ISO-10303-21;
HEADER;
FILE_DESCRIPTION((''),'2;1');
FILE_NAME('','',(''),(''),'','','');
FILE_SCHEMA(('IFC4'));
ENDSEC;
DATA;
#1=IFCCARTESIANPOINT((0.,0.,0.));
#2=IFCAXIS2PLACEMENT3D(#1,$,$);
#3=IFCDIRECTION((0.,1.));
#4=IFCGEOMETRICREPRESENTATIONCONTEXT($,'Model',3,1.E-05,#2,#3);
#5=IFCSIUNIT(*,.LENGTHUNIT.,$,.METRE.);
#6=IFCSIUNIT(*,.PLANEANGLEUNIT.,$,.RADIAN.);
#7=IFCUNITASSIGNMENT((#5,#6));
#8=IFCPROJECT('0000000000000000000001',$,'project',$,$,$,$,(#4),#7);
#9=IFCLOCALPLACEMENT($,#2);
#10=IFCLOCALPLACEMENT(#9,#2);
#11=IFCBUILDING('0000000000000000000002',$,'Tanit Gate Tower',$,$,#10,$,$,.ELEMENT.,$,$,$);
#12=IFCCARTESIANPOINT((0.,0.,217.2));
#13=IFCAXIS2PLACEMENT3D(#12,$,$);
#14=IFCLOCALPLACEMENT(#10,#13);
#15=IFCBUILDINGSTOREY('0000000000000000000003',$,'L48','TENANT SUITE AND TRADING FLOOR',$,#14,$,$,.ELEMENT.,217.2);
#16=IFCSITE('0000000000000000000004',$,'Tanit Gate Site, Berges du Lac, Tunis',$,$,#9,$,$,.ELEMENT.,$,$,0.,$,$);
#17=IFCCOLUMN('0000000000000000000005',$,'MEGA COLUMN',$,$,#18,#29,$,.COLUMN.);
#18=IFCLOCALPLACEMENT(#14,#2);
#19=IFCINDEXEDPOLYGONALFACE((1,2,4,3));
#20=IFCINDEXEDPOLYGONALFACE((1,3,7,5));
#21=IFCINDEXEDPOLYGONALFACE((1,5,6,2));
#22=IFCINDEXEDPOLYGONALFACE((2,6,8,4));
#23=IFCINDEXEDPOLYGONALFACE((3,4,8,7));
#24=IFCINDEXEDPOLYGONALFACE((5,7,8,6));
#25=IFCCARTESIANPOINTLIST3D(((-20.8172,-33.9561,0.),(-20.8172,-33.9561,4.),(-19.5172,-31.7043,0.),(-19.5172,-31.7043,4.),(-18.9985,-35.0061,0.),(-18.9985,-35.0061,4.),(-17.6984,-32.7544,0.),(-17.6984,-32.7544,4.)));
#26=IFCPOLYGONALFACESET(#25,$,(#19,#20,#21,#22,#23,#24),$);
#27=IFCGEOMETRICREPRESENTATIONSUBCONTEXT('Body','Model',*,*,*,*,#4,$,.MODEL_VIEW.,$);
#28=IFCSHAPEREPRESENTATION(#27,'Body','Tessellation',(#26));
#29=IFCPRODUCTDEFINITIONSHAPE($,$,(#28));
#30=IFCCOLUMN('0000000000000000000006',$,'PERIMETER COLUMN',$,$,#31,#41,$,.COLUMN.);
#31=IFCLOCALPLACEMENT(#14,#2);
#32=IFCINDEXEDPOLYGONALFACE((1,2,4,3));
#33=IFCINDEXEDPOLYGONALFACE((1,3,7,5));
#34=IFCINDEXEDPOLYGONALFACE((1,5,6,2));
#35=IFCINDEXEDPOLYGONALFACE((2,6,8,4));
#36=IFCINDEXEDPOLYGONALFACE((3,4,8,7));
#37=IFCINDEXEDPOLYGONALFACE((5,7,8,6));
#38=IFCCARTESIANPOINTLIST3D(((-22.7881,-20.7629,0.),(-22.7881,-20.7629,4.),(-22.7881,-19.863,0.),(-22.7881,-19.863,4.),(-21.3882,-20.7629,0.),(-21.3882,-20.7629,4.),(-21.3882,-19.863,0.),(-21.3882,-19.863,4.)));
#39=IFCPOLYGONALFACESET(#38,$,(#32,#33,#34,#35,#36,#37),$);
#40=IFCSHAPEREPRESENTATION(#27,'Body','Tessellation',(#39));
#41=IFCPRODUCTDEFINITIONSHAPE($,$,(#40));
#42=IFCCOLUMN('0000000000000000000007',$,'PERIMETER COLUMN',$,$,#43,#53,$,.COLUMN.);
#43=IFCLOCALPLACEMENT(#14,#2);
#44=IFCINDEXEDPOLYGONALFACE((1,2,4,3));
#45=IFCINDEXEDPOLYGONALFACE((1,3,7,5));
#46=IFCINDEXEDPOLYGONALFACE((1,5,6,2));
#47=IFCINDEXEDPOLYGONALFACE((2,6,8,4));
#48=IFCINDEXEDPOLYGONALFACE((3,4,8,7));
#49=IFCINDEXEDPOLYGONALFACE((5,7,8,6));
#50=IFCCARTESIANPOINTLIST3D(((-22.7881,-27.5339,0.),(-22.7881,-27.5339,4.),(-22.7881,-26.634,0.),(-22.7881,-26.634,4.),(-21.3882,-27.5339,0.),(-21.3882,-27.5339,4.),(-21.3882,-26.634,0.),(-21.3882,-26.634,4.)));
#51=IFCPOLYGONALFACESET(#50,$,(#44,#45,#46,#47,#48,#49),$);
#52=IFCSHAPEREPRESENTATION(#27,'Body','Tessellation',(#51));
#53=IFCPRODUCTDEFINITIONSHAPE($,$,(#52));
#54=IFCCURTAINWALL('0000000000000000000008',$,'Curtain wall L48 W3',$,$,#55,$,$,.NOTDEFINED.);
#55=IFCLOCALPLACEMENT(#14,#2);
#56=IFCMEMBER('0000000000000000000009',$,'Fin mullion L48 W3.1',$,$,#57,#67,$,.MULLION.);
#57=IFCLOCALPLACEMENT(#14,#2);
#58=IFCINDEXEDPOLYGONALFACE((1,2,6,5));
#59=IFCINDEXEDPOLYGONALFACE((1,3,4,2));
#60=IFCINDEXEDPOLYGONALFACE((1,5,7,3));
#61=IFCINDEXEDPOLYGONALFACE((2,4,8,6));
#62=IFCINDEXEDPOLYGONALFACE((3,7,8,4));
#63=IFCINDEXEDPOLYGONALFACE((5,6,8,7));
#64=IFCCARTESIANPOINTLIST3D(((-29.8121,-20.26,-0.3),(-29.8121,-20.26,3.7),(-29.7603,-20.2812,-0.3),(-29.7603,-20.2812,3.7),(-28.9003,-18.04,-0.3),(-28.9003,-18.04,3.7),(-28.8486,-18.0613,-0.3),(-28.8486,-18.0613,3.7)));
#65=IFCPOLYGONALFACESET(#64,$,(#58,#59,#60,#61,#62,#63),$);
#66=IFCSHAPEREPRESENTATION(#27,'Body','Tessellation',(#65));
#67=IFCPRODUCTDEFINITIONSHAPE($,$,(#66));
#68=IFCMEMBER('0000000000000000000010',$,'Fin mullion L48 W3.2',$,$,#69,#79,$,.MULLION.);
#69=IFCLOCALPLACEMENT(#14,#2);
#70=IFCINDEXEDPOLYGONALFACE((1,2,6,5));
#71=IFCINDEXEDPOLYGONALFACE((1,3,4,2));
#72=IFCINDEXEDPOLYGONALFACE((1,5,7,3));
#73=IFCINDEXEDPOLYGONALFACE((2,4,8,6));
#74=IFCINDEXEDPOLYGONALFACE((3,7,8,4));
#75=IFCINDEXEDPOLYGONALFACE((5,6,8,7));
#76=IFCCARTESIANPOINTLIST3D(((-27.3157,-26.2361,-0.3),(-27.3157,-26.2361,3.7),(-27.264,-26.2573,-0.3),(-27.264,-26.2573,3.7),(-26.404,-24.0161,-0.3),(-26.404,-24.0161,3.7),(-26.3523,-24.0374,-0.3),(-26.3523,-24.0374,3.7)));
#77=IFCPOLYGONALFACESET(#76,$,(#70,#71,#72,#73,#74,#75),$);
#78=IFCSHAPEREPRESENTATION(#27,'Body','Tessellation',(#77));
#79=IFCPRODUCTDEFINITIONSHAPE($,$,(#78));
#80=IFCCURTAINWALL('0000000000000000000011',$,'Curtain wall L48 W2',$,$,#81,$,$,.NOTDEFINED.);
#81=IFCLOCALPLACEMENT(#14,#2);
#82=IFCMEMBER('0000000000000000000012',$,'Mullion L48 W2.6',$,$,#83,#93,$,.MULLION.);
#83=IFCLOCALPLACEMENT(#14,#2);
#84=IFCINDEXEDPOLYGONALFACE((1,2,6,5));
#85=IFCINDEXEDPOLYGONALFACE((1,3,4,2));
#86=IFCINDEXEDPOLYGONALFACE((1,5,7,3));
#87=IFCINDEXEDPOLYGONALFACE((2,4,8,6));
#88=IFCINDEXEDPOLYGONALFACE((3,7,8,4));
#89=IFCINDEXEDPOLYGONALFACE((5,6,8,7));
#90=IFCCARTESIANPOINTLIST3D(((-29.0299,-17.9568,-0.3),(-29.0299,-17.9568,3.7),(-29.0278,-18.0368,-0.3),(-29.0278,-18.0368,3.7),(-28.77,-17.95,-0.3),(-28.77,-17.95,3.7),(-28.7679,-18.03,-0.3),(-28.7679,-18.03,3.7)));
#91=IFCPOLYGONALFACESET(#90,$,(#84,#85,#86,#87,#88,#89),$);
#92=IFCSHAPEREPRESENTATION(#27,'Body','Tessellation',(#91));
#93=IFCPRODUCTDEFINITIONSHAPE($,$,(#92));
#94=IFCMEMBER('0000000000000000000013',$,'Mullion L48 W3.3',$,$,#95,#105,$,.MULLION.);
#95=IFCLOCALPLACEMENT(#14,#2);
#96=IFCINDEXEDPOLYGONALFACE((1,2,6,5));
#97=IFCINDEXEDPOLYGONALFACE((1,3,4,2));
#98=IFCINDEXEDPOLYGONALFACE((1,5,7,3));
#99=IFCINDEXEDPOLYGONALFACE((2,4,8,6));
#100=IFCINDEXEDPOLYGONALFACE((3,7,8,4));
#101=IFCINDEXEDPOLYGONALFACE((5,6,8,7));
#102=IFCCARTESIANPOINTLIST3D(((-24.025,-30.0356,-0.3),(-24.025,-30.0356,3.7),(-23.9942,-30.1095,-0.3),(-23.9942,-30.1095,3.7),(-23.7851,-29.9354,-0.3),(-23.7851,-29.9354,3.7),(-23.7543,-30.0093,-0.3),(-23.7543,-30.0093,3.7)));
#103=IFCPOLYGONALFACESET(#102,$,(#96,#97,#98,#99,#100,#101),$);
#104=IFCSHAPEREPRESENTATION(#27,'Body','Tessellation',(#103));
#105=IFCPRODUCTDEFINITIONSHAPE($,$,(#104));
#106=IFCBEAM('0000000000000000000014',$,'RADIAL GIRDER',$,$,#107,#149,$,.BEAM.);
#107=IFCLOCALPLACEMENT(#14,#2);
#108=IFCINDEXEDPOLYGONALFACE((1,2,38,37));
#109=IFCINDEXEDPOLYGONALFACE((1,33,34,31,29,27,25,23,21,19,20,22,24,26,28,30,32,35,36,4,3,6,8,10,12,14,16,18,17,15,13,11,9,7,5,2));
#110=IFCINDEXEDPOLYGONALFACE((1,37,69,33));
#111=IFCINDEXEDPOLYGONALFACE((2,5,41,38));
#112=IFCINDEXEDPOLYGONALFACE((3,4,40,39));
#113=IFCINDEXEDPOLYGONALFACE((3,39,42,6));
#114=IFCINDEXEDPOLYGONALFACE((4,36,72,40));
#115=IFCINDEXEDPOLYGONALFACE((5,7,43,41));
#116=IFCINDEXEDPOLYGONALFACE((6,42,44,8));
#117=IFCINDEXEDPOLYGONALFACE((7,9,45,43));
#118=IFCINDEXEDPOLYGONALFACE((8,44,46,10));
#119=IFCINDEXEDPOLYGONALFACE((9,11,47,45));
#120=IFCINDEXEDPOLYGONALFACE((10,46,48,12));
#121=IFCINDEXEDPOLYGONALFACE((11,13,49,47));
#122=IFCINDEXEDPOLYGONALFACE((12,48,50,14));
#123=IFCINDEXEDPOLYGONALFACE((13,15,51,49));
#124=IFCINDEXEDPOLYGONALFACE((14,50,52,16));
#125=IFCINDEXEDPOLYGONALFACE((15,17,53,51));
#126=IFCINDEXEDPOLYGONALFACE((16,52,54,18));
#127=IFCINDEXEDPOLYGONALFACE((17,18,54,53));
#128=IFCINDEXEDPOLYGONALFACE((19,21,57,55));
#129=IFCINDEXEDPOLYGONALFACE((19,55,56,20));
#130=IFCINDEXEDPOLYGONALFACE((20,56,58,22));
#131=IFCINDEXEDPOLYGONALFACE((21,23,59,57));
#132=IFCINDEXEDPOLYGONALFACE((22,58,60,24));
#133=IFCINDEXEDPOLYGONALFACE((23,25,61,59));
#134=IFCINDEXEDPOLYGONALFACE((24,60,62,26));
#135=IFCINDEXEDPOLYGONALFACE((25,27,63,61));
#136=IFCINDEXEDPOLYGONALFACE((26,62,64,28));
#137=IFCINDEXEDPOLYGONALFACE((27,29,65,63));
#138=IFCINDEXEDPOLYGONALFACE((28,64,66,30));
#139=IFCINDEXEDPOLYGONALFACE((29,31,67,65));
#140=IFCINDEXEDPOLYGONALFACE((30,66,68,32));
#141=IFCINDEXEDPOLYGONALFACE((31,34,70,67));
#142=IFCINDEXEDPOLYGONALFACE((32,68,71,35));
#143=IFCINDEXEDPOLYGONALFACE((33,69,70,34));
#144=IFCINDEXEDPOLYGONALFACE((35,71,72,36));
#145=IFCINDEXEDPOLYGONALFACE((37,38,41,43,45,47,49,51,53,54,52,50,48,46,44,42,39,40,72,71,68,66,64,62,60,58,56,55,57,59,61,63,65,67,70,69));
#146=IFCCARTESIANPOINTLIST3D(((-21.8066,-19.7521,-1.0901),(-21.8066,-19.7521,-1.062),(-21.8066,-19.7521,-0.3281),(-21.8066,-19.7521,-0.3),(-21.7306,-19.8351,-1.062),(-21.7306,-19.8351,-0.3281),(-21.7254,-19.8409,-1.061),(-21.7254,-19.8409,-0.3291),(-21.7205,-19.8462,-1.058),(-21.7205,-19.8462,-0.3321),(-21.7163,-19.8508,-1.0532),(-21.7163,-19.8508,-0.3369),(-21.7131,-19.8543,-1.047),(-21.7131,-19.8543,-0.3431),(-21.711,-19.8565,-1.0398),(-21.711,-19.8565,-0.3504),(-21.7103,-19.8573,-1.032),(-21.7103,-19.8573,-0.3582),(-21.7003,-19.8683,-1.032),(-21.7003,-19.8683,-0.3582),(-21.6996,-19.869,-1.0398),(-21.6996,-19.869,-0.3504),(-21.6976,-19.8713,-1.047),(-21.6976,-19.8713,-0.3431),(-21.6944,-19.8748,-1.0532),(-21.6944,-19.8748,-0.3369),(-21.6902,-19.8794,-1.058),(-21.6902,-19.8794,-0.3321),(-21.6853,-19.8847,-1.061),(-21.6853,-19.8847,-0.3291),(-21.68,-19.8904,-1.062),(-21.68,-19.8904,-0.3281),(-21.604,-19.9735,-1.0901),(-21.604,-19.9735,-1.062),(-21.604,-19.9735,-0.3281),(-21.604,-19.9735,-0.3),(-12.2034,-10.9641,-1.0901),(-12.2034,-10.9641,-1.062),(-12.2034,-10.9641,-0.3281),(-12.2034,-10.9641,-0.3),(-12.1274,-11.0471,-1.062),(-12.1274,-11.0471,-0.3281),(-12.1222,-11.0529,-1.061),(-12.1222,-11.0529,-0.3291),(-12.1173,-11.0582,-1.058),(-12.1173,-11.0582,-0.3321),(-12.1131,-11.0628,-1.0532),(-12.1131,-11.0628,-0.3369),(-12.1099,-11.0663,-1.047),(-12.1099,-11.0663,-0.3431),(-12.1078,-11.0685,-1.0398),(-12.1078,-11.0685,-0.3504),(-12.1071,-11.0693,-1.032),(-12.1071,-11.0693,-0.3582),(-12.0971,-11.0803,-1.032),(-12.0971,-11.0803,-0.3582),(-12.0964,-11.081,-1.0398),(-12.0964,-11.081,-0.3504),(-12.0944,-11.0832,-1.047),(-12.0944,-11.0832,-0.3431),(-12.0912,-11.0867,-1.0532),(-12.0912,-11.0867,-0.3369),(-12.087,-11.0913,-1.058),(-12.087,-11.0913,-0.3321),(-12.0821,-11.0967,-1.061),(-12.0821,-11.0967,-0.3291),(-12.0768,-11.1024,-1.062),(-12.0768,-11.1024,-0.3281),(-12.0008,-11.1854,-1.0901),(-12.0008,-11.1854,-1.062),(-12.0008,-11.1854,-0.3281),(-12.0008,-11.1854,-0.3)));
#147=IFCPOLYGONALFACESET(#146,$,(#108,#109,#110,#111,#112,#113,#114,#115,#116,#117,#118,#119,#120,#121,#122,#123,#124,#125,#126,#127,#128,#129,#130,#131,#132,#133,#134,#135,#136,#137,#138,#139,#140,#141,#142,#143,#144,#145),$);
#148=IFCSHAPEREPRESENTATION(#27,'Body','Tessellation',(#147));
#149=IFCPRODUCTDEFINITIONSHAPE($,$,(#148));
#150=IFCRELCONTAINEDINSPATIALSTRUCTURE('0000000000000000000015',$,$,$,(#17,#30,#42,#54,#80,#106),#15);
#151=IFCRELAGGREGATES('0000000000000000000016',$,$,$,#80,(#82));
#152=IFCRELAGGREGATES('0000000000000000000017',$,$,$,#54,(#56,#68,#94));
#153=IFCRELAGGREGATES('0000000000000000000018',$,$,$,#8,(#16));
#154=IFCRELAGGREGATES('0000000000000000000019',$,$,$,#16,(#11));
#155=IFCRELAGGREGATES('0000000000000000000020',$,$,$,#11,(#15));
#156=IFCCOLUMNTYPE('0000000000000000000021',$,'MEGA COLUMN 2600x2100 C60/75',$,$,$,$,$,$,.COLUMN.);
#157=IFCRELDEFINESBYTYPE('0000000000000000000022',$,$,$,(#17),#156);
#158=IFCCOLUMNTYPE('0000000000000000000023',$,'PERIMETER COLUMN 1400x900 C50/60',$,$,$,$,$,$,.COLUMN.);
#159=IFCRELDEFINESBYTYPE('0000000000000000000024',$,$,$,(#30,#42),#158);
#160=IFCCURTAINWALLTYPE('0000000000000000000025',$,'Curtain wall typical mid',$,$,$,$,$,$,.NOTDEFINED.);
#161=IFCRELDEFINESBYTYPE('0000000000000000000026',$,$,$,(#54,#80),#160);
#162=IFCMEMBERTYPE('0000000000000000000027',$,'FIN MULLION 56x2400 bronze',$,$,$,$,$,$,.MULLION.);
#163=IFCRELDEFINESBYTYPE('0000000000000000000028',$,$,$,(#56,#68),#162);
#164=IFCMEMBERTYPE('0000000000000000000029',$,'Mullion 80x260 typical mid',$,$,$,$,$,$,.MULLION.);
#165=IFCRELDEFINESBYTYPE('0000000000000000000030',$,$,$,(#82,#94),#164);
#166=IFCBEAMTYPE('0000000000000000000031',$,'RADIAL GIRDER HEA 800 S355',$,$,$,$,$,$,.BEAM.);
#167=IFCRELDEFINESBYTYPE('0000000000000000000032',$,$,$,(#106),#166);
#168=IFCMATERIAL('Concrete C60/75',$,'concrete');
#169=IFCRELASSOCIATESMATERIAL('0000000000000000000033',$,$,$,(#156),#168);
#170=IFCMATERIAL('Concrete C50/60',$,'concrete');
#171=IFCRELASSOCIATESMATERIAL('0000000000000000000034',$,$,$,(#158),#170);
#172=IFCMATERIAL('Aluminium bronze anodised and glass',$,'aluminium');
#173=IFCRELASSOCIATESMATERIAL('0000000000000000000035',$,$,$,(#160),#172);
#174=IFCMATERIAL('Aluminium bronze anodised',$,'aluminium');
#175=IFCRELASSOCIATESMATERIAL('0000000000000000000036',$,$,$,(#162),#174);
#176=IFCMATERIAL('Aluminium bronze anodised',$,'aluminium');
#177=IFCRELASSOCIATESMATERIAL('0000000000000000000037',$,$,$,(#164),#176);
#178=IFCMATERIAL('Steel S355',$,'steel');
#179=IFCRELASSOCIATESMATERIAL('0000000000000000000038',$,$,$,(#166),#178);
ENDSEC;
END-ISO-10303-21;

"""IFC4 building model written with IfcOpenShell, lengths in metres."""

from ifc_helpers import new_model, si_unit, direction, frame, origin, origin_2d, place, context, subcontext, project, spatial, rectangle, i_section, extrude, material, material_profile, profile_set, type_object, element, aggregate, save


model = new_model("IFC4")

# Units and contexts
model_context = context("Model", 3, precision=1e-05, world=origin(), true_north=direction((0.0, 1.0)))
body_context = subcontext(model_context, "Body", "Model", "MODEL_VIEW")
ifc_project = project(units=[si_unit("LENGTHUNIT", "METRE"), si_unit("PLANEANGLEUNIT", "RADIAN")], contexts=[model_context])

# Site, building, storey
site_placement = place(None, origin())
site = spatial("IfcSite", under=ifc_project, at=site_placement, Name="Tanit Gate Site, Berges du Lac, Tunis", CompositionType="ELEMENT", RefElevation=0.0)
building_placement = place(site_placement, origin())
building = spatial("IfcBuilding", under=site, at=building_placement, Name="Tanit Gate Tower", CompositionType="ELEMENT")
storey_placement = place(building_placement, frame((0.0, 0.0, 217.2)))
storey = spatial("IfcBuildingStorey", under=building, at=storey_placement, Name="L48", Description="TENANT SUITE AND TRADING FLOOR", CompositionType="ELEMENT", Elevation=217.2)

# Columns
ifc_material_1 = material(Name="Concrete C60/75", Category="concrete")
ifc_material_profile_1 = material_profile(ifc_material_1, rectangle(XDim=2.6001, YDim=2.1001, at=origin_2d()), Name="RC 2600x2100")
ifc_profile_set_1 = profile_set([ifc_material_profile_1], Name="Concrete C60/75")
column_type_1 = type_object("IfcColumnType", Name="MEGA COLUMN 2600x2100 C60/75", PredefinedType="COLUMN", material=ifc_profile_set_1)
column_placement = place(storey_placement, frame((-19.2578, -33.3552, 0.0), z_axis=(0.0, 0.0, 1.0), x_axis=(-0.5, -0.866025, 0.0)))
element("IfcColumn", 1, at=column_placement, inside=storey, type_object=column_type_1, Name="MEGA COLUMN", PredefinedType="COLUMN", context=body_context, shape_type="SweptSolid", body=[
    extrude(rectangle(XDim=2.6001, YDim=2.1001, at=origin_2d()), origin(), (0.0, 0.0, 1.0), 4.0),
])
ifc_material_2 = material(Name="Concrete C50/60", Category="concrete")
ifc_material_profile_2 = material_profile(ifc_material_2, rectangle(XDim=1.3999, YDim=0.8999, at=origin_2d()), Name="RC 1400x900")
ifc_profile_set_2 = profile_set([ifc_material_profile_2], Name="Concrete C50/60")
column_type_2 = type_object("IfcColumnType", Name="PERIMETER COLUMN 1400x900 C50/60", PredefinedType="COLUMN", material=ifc_profile_set_2)
for number, where, z_axis, x_axis, name in (
    (2, (-22.0881, -20.313, 0.0), (0.0, 0.0, 1.0), (-1.0, 0.0, 0.0), "PERIMETER COLUMN"),
    (3, (-22.0881, -27.084, 0.0), (0.0, 0.0, 1.0), (-1.0, 0.0, 0.0), "PERIMETER COLUMN"),
):
    element("IfcColumn", number, at=place(storey_placement, frame(where, z_axis=z_axis, x_axis=x_axis)), inside=storey, type_object=column_type_2, Name=name, PredefinedType="COLUMN", context=body_context, shape_type="SweptSolid", body=[
        extrude(rectangle(XDim=1.3999, YDim=0.8999, at=origin_2d()), origin(), (0.0, 0.0, 1.0), 4.0),
    ])

# Curtain wall, members
ifc_material_3 = material(Name="Aluminium bronze anodised and glass", Category="aluminium")
curtain_wall_type = type_object("IfcCurtainWallType", Name="Curtain wall typical mid", PredefinedType="NOTDEFINED", material=ifc_material_3)
curtain_wall_1_placement = place(storey_placement, origin())
curtain_wall_1 = element("IfcCurtainWall", 4, at=curtain_wall_1_placement, inside=storey, type_object=curtain_wall_type, Name="Curtain wall L48 W3", PredefinedType="NOTDEFINED")
ifc_material_4 = material(Name="Aluminium bronze anodised", Category="aluminium")
ifc_material_profile_3 = material_profile(ifc_material_4, rectangle(XDim=2.3999, YDim=0.0559, at=origin_2d()), Name="56x2400 bronze fin mullion")
ifc_profile_set_3 = profile_set([ifc_material_profile_3], Name="Aluminium bronze anodised")
member_type_1 = type_object("IfcMemberType", Name="FIN MULLION 56x2400 bronze", PredefinedType="MULLION", material=ifc_profile_set_3)
member_1_placement = place(storey_placement, frame((-29.3303, -19.1606, -0.3), z_axis=(0.0, 0.0, 1.0), x_axis=(0.379912, 0.925023, 0.0)))
member_1 = element("IfcMember", 5, at=member_1_placement, type_object=member_type_1, Name="Fin mullion L48 W3.1", PredefinedType="MULLION", context=body_context, shape_type="SweptSolid", body=[
    extrude(rectangle(XDim=2.3999, YDim=0.0559, at=origin_2d()), origin(), (0.0, 0.0, 1.0), 4.0),
])
member_2_placement = place(storey_placement, frame((-26.834, -25.1367, -0.3), z_axis=(0.0, 0.0, 1.0), x_axis=(0.379912, 0.925023, 0.0)))
member_2 = element("IfcMember", 6, at=member_2_placement, type_object=member_type_1, Name="Fin mullion L48 W3.2", PredefinedType="MULLION", context=body_context, shape_type="SweptSolid", body=[
    extrude(rectangle(XDim=2.3999, YDim=0.0559, at=origin_2d()), origin(), (0.0, 0.0, 1.0), 4.0),
])

# Curtain wall, member
curtain_wall_2_placement = place(storey_placement, origin())
curtain_wall_2 = element("IfcCurtainWall", 7, at=curtain_wall_2_placement, inside=storey, type_object=curtain_wall_type, Name="Curtain wall L48 W2", PredefinedType="NOTDEFINED")
ifc_material_5 = material(Name="Aluminium bronze anodised", Category="aluminium")
ifc_material_profile_4 = material_profile(ifc_material_5, rectangle(XDim=0.26, YDim=0.0801, at=origin_2d()), Name="80x260 bronze mullion")
ifc_profile_set_4 = profile_set([ifc_material_profile_4], Name="Aluminium bronze anodised")
member_type_2 = type_object("IfcMemberType", Name="Mullion 80x260 typical mid", PredefinedType="MULLION", material=ifc_profile_set_4)
member_3_placement = place(storey_placement, frame((-28.8989, -17.9934, -0.3), z_axis=(0.0, 0.0, 1.0), x_axis=(0.99966, 0.026063, 0.0)))
member_3 = element("IfcMember", 8, at=member_3_placement, type_object=member_type_2, Name="Mullion L48 W2.6", PredefinedType="MULLION", context=body_context, shape_type="SweptSolid", body=[
    extrude(rectangle(XDim=0.26, YDim=0.0801, at=origin_2d()), origin(), (0.0, 0.0, 1.0), 4.0),
])
aggregate(curtain_wall_2, [member_3])

# Member
member_4_placement = place(storey_placement, frame((-23.8896, -30.0225, -0.3), z_axis=(0.0, 0.0, 1.0), x_axis=(0.922728, 0.385451, 0.0)))
member_4 = element("IfcMember", 9, at=member_4_placement, type_object=member_type_2, Name="Mullion L48 W3.3", PredefinedType="MULLION", context=body_context, shape_type="SweptSolid", body=[
    extrude(rectangle(XDim=0.26, YDim=0.0801, at=origin_2d()), origin(), (0.0, 0.0, 1.0), 4.0),
])

# Beam
ifc_material_6 = material(Name="Steel S355", Category="steel")
ifc_material_profile_5 = material_profile(ifc_material_6, i_section(OverallWidth=0.3, OverallDepth=0.79, WebThickness=0.0149, FlangeThickness=0.0281, FilletRadius=0.03, at=origin_2d()), Name="HEA 800")
ifc_profile_set_5 = profile_set([ifc_material_profile_5], Name="Steel S355")
beam_type_1 = type_object("IfcBeamType", Name="RADIAL GIRDER HEA 800 S355", PredefinedType="BEAM", material=ifc_profile_set_5)
beam_1_placement = place(storey_placement, frame((-21.7053, -19.8628, -0.6951), z_axis=(0.737725, 0.675102, 0.0), x_axis=(-0.675102, 0.737725, 0.0)))
element("IfcBeam", 10, at=beam_1_placement, inside=storey, type_object=beam_type_1, Name="RADIAL GIRDER", PredefinedType="BEAM", context=body_context, shape_type="SweptSolid", body=[
    extrude(i_section(OverallWidth=0.3, OverallDepth=0.79, WebThickness=0.0149, FlangeThickness=0.0281, FilletRadius=0.03, at=origin_2d()), origin(), (0.0, 0.0, 1.0), 13.0173),
])

aggregate(curtain_wall_1, [member_1, member_2, member_4])

save(model, "model.ifc")
